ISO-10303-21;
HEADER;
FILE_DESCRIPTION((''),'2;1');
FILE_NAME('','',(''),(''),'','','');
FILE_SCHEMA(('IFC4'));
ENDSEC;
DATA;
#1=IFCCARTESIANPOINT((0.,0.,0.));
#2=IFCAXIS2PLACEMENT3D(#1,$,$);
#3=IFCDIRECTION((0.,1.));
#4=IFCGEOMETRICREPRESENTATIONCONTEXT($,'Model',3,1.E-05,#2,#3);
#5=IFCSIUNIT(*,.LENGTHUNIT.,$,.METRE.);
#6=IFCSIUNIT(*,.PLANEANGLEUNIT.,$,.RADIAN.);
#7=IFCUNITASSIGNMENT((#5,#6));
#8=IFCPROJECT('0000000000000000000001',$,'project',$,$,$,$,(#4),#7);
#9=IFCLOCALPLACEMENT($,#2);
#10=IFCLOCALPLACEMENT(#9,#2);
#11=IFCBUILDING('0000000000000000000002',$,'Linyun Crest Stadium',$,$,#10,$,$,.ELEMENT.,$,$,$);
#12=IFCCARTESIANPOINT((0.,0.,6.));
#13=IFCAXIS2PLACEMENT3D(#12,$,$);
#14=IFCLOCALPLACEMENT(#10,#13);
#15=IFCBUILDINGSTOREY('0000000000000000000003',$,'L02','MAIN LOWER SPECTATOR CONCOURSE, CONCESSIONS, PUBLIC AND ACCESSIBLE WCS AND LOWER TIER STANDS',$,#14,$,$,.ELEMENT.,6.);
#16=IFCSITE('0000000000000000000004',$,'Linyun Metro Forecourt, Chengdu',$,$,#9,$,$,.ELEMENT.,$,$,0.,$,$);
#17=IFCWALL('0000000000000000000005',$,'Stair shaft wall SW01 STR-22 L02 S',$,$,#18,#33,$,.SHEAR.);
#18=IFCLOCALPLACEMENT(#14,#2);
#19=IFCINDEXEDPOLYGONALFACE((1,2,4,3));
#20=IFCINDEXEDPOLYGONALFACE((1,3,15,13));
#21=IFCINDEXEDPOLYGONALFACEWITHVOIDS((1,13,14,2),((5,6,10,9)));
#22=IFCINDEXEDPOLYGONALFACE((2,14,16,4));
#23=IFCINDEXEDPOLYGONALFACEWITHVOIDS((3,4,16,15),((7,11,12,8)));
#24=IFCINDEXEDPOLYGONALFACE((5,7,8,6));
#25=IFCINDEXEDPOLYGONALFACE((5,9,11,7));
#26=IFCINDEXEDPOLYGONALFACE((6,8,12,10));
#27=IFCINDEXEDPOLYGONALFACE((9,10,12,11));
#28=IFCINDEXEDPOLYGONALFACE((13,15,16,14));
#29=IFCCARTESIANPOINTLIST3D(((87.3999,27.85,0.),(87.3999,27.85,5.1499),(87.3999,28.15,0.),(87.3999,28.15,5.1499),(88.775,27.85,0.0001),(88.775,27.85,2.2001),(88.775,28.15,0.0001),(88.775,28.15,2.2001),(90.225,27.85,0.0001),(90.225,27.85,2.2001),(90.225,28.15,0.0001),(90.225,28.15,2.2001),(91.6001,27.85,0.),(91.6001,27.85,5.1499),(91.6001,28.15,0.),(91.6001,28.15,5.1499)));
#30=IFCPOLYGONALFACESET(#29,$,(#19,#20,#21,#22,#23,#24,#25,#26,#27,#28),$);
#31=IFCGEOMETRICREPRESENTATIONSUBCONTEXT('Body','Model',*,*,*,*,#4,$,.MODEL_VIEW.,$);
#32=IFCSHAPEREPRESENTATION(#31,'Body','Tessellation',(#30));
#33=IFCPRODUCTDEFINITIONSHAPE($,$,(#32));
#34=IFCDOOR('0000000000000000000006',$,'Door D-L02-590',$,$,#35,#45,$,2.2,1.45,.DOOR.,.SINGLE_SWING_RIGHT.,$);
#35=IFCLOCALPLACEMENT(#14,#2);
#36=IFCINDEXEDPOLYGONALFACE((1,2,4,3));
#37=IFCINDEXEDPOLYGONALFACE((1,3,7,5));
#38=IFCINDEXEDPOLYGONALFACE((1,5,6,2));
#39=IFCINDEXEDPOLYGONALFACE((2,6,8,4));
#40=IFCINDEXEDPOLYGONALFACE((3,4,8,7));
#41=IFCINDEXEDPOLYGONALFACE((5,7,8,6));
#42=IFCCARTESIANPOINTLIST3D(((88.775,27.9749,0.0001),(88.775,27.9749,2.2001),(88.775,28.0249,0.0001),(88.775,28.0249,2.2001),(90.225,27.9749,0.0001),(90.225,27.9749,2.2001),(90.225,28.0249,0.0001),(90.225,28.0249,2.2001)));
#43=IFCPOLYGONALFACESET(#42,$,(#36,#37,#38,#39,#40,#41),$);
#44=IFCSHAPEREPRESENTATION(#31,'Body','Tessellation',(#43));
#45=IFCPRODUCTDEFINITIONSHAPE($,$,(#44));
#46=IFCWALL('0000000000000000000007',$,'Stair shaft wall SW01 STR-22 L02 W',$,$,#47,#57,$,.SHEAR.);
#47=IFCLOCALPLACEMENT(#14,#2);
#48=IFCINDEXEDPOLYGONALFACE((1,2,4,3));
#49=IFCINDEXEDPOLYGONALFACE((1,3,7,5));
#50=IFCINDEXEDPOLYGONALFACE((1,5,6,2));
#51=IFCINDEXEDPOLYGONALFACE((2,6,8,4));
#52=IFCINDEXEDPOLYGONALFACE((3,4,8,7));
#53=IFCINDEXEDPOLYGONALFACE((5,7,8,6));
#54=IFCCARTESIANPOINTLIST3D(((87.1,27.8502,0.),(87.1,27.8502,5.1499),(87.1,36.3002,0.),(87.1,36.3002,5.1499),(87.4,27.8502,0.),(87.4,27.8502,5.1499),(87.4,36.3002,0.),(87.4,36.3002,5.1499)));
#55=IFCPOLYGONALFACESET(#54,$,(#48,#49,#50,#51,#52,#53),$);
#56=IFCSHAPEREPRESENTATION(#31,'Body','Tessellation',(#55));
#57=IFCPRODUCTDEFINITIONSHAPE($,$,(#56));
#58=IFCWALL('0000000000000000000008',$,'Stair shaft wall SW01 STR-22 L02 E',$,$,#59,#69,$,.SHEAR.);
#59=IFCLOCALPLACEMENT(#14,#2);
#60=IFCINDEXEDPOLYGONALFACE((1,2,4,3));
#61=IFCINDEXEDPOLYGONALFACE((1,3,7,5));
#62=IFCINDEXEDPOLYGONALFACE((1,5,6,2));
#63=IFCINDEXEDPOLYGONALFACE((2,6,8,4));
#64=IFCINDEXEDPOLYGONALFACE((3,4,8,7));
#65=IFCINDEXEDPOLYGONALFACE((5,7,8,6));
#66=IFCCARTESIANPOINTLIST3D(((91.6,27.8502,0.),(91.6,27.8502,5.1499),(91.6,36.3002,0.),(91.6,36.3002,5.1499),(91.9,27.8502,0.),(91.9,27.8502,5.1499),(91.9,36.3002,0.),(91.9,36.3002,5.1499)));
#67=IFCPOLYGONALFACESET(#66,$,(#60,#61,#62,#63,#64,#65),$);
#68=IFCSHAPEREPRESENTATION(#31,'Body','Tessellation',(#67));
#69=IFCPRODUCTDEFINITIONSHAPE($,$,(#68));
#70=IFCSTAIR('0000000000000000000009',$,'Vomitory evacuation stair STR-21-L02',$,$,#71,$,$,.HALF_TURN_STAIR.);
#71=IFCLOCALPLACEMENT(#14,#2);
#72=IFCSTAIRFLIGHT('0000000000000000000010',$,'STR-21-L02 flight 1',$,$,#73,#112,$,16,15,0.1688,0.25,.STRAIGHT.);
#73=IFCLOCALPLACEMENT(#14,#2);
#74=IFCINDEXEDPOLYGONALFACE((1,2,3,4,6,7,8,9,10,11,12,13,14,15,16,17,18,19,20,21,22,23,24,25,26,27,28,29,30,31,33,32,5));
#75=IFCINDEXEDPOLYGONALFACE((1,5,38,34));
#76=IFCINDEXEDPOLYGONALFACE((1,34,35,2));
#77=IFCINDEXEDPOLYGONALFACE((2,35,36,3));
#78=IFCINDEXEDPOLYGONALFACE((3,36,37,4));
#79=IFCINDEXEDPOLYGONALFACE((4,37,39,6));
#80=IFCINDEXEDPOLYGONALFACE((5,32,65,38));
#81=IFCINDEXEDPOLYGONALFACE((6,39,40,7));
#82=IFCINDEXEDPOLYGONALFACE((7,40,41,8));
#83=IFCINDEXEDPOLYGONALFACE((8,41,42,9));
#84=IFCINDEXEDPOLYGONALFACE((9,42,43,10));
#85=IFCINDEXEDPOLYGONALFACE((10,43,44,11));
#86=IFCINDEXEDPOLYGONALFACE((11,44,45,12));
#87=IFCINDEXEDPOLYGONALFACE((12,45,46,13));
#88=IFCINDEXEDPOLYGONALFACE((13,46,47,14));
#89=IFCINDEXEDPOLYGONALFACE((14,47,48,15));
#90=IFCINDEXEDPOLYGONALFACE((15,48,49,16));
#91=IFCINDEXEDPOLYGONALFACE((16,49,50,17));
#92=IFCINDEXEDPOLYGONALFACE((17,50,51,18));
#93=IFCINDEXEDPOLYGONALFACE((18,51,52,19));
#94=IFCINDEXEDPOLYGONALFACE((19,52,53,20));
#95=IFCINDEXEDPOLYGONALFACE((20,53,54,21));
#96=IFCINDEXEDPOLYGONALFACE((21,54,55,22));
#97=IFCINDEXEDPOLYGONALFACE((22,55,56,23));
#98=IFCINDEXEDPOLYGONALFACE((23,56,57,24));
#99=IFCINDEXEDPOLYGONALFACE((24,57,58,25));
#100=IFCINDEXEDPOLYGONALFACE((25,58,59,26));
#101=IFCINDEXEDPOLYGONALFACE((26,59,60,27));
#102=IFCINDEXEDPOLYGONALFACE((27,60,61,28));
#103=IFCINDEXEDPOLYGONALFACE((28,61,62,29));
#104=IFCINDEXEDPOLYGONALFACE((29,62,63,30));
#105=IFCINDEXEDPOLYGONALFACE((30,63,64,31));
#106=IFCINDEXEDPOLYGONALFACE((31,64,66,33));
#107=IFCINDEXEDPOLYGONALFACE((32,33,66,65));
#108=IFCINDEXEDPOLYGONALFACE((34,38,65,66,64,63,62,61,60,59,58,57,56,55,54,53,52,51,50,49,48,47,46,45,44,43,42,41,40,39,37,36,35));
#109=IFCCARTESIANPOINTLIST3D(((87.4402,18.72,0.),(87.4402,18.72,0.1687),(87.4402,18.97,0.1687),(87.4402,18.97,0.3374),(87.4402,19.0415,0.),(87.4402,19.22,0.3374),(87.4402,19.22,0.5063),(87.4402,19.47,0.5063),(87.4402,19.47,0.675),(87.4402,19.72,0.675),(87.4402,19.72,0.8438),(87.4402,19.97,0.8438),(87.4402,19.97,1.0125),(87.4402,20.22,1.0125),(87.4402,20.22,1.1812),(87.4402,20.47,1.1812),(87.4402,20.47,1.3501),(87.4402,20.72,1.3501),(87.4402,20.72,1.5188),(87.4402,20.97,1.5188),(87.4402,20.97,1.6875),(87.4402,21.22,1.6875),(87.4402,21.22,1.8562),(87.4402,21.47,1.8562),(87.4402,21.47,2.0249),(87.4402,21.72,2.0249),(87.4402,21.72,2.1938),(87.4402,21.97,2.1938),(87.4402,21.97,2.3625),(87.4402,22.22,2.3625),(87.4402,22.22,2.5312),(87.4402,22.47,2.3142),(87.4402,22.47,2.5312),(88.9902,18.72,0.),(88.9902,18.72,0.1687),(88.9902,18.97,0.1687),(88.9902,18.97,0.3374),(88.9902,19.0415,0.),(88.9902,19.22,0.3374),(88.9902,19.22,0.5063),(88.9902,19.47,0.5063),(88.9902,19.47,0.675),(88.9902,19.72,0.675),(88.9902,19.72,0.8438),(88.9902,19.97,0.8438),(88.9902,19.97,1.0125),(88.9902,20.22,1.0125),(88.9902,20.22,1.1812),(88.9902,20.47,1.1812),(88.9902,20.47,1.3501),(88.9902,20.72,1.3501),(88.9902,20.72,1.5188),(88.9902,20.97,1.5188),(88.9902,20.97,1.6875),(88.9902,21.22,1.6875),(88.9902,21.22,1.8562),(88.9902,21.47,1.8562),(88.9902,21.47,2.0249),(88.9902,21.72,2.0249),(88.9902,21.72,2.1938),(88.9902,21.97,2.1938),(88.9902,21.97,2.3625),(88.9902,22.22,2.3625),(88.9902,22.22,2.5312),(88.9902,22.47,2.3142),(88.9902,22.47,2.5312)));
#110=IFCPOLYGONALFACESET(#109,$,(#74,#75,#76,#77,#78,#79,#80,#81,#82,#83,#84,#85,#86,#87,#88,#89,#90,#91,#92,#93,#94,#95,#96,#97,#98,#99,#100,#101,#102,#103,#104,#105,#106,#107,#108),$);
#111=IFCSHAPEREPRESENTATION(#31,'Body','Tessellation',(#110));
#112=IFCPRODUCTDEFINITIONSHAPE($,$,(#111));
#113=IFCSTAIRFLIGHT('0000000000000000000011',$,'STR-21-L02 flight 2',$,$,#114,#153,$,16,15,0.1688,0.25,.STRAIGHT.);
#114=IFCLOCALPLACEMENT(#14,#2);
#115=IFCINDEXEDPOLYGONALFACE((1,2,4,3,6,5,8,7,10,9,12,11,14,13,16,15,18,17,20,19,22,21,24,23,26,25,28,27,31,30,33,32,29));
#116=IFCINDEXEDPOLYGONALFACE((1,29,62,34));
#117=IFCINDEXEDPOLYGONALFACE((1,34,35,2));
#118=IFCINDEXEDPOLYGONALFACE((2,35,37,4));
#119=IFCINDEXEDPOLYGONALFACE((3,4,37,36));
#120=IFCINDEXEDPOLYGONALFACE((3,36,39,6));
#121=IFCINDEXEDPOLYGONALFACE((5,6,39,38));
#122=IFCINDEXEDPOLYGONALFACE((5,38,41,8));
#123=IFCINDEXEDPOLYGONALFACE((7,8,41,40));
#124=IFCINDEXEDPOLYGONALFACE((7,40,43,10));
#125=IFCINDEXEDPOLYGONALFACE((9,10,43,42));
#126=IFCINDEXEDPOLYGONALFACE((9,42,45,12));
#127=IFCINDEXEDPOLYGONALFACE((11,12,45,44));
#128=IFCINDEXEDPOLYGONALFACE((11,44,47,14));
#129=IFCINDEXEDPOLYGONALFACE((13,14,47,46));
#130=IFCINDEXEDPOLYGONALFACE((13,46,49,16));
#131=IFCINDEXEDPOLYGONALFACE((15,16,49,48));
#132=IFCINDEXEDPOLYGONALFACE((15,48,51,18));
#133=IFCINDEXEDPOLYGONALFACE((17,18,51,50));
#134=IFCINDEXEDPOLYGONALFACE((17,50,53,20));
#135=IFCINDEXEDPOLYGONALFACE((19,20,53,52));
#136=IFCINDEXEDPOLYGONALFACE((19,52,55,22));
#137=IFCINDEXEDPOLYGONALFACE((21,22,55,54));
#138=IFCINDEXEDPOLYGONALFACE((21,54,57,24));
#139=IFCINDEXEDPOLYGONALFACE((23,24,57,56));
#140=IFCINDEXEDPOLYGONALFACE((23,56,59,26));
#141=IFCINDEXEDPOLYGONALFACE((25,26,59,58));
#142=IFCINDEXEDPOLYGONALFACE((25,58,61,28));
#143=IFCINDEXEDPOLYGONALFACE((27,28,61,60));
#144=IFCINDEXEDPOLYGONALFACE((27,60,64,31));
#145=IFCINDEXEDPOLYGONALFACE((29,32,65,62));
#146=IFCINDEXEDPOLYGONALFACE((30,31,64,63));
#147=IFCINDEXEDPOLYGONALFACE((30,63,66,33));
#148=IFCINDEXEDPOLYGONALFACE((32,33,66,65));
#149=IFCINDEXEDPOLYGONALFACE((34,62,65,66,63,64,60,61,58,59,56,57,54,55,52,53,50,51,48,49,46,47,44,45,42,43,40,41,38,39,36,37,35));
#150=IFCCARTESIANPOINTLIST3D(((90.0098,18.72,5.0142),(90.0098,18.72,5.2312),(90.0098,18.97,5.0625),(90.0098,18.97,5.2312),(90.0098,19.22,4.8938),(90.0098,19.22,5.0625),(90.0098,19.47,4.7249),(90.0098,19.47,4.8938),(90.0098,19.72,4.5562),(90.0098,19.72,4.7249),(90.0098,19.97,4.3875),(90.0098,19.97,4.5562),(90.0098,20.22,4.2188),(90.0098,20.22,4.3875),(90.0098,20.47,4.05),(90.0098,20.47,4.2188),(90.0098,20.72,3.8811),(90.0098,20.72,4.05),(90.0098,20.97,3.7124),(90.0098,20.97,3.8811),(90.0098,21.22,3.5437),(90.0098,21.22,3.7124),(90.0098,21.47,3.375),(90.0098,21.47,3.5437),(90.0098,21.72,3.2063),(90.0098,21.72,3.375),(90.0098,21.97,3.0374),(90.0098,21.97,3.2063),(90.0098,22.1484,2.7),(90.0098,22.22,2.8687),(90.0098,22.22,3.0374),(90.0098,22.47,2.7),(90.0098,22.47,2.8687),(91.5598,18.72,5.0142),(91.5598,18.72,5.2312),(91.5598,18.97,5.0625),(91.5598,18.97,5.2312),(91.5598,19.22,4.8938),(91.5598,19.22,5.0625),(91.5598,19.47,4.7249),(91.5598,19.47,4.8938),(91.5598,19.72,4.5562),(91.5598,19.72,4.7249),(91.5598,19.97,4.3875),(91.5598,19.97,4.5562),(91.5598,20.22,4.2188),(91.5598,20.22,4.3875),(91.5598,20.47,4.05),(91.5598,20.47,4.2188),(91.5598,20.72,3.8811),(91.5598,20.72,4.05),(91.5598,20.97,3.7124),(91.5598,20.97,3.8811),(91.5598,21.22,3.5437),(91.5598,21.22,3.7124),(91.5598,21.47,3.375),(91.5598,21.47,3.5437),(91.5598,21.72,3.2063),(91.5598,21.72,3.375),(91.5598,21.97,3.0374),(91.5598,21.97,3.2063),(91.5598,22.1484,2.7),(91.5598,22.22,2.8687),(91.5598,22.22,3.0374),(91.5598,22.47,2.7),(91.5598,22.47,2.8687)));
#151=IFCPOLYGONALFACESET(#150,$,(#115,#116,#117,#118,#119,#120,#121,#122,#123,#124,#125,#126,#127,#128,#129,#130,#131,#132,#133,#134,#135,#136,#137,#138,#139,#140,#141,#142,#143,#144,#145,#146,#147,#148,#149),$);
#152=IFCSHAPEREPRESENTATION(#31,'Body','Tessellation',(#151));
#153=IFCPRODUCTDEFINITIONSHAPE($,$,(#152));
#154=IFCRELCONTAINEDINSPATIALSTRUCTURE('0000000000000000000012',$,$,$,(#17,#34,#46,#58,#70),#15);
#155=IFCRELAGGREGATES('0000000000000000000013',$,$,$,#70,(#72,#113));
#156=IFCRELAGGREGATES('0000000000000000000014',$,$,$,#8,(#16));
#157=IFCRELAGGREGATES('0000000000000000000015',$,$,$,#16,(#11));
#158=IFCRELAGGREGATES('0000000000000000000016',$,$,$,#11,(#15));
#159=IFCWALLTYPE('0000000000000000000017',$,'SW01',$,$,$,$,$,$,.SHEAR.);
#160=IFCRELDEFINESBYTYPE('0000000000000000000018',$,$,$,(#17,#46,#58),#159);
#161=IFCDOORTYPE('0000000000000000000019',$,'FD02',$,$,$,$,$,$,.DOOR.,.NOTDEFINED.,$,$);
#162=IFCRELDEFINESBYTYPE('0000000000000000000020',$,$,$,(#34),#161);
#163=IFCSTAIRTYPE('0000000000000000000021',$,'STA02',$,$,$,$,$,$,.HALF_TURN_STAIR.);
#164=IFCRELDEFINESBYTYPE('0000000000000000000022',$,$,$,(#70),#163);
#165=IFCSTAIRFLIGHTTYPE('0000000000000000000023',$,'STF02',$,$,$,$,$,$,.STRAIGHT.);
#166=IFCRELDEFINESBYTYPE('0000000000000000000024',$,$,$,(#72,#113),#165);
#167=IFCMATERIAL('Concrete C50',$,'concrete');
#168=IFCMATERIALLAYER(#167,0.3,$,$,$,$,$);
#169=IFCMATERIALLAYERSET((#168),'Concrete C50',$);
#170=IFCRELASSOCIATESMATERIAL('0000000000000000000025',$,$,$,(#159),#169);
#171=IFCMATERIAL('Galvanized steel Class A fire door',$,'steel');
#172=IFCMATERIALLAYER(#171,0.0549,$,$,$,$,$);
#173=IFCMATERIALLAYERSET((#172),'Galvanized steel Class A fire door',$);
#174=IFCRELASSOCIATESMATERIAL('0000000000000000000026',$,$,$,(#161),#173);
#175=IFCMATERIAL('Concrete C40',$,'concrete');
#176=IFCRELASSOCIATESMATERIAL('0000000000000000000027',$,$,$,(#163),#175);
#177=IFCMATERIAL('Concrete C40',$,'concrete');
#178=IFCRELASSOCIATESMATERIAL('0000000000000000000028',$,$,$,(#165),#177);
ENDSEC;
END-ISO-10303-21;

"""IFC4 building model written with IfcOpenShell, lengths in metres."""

from ifc_helpers import new_model, si_unit, direction, frame, frame_2d, origin, place, context, subcontext, project, spatial, polyline, rectangle, outline, extrude, material, layer, layer_set, type_object, element, fill, aggregate, save


model = new_model("IFC4")

# Units and contexts
model_context = context("Model", 3, precision=1e-05, world=origin(), true_north=direction((0.0, 1.0)))
body_context = subcontext(model_context, "Body", "Model", "MODEL_VIEW")
ifc_project = project(units=[si_unit("LENGTHUNIT", "METRE"), si_unit("PLANEANGLEUNIT", "RADIAN")], contexts=[model_context])

# Site, building, storey
site_placement = place(None, origin())
site = spatial("IfcSite", under=ifc_project, at=site_placement, Name="Linyun Metro Forecourt, Chengdu", CompositionType="ELEMENT", RefElevation=0.0)
building_placement = place(site_placement, origin())
building = spatial("IfcBuilding", under=site, at=building_placement, Name="Linyun Crest Stadium", CompositionType="ELEMENT")
storey_placement = place(building_placement, frame((0.0, 0.0, 6.0)))
storey = spatial("IfcBuildingStorey", under=building, at=storey_placement, Name="L02", Description="MAIN LOWER SPECTATOR CONCOURSE, CONCESSIONS, PUBLIC AND ACCESSIBLE WCS AND LOWER TIER STANDS", CompositionType="ELEMENT", Elevation=6.0)

# Shared definitions
ifc_material_1 = material(Name="Concrete C50", Category="concrete")
ifc_layer_1 = layer(ifc_material_1, 0.3)
ifc_layer_set_1 = layer_set([ifc_layer_1], Name="Concrete C50")
wall_type = type_object("IfcWallType", Name="SW01", PredefinedType="SHEAR", material=ifc_layer_set_1)

# Wall, opening, door
wall_1_placement = place(storey_placement, frame((87.3999, 28.0, 0.0), z_axis=(0.0, 0.0, 1.0), x_axis=(1.0, 0.0, 0.0)))
wall_1 = element("IfcWall", 1, at=wall_1_placement, inside=storey, type_object=wall_type, Name="Stair shaft wall SW01 STR-22 L02 S", PredefinedType="SHEAR", context=body_context, shape_type="SweptSolid", body=[
    extrude(rectangle(XDim=4.2002, YDim=0.3, at=frame_2d((2.1001, 0.0))), origin(), (0.0, 0.0, 1.0), 5.1499),
])
opening_placement = place(wall_1_placement, frame((1.375, 0.0, 0.0)))
opening = element("IfcOpeningElement", 2, at=opening_placement, cuts=wall_1, PredefinedType="OPENING", context=body_context, shape_type="SweptSolid", body=[
    extrude(rectangle(XDim=1.45, YDim=2.2, at=frame_2d((0.7251, 1.1001))), frame((0.0, 0.1599, 0.0), z_axis=(0.0, -1.0, 0.0), x_axis=(1.0, 0.0, 0.0)), (0.0, 0.0, 1.0), 0.3201),
])
ifc_material_2 = material(Name="Galvanized steel Class A fire door", Category="steel")
ifc_layer_2 = layer(ifc_material_2, 0.0549)
ifc_layer_set_2 = layer_set([ifc_layer_2], Name="Galvanized steel Class A fire door")
door_type = type_object("IfcDoorType", Name="FD02", OperationType="NOTDEFINED", PredefinedType="DOOR", material=ifc_layer_set_2)
door_placement = place(opening_placement, origin())
door = element("IfcDoor", 3, at=door_placement, inside=storey, type_object=door_type, Name="Door D-L02-590", OperationType="SINGLE_SWING_RIGHT", OverallHeight=2.2, OverallWidth=1.45, PredefinedType="DOOR", context=body_context, shape_type="SweptSolid", body=[
    extrude(rectangle(XDim=1.45, YDim=2.2, at=frame_2d((0.7251, 1.1001))), frame((0.0, 0.0249, 0.0), z_axis=(0.0, -1.0, 0.0), x_axis=(1.0, 0.0, 0.0)), (0.0, 0.0, 1.0), 0.05),
])
fill(opening, door)

# Walls
for number, where, z_axis, x_axis, name in (
    (4, (87.25, 27.8501, 0.0), (0.0, 0.0, 1.0), (0.0, 1.0, 0.0), "Stair shaft wall SW01 STR-22 L02 W"),
    (5, (91.75, 27.8501, 0.0), (0.0, 0.0, 1.0), (0.0, 1.0, 0.0), "Stair shaft wall SW01 STR-22 L02 E"),
):
    element("IfcWall", number, at=place(storey_placement, frame(where, z_axis=z_axis, x_axis=x_axis)), inside=storey, type_object=wall_type, Name=name, PredefinedType="SHEAR", context=body_context, shape_type="SweptSolid", body=[
        extrude(rectangle(XDim=8.45, YDim=0.3, at=frame_2d((4.2251, 0.0))), origin(), (0.0, 0.0, 1.0), 5.1499),
    ])

# Stair, stair flights
ifc_material_3 = material(Name="Concrete C40", Category="concrete")
stair_type = type_object("IfcStairType", Name="STA02", PredefinedType="HALF_TURN_STAIR", material=ifc_material_3)
stair_placement = place(storey_placement, origin())
stair = element("IfcStair", 6, at=stair_placement, inside=storey, type_object=stair_type, Name="Vomitory evacuation stair STR-21-L02", PredefinedType="HALF_TURN_STAIR")
ifc_material_4 = material(Name="Concrete C40", Category="concrete")
stair_flight_type = type_object("IfcStairFlightType", Name="STF02", PredefinedType="STRAIGHT", material=ifc_material_4)
stair_flight_1_placement = place(storey_placement, frame((88.2151, 18.72, 0.0), z_axis=(0.0, 0.0, 1.0), x_axis=(0.0, 1.0, 0.0)))
stair_flight_1 = element("IfcStairFlight", 7, at=stair_flight_1_placement, type_object=stair_flight_type, Name="STR-21-L02 flight 1", NumberOfRisers=16, NumberOfTreads=15, PredefinedType="STRAIGHT", RiserHeight=0.1688, TreadLength=0.25, context=body_context, shape_type="SweptSolid", body=[
    extrude(outline(polyline([(0.0, 0.0), (0.0, 0.1687), (0.25, 0.1687), (0.25, 0.3374), (0.5, 0.3374), (0.5, 0.5063), (0.75, 0.5063), (0.75, 0.675), (1.0, 0.675), (1.0, 0.8438), (1.25, 0.8438), (1.25, 1.0125), (1.5, 1.0125), (1.5, 1.1812), (1.75, 1.1812), (1.75, 1.3501), (2.0, 1.3501), (2.0, 1.5188), (2.25, 1.5188), (2.25, 1.6875), (2.5, 1.6875), (2.5, 1.8562), (2.75, 1.8562), (2.75, 2.0249), (3.0, 2.0249), (3.0, 2.1938), (3.25, 2.1938), (3.25, 2.3625), (3.5, 2.3625), (3.5, 2.5312), (3.75, 2.5312), (3.75, 2.7), (3.75, 2.3142), (0.3215, 0.0), (0.0, 0.0)])), frame((0.0, 0.7749, 0.0), z_axis=(0.0, -1.0, 0.0), x_axis=(1.0, 0.0, 0.0)), (0.0, 0.0, 1.0), 1.55),
])
stair_flight_2_placement = place(storey_placement, frame((90.7849, 22.47, 2.7), z_axis=(0.0, 0.0, 1.0), x_axis=(0.0, -1.0, 0.0)))
stair_flight_2 = element("IfcStairFlight", 8, at=stair_flight_2_placement, type_object=stair_flight_type, Name="STR-21-L02 flight 2", NumberOfRisers=16, NumberOfTreads=15, PredefinedType="STRAIGHT", RiserHeight=0.1688, TreadLength=0.25, context=body_context, shape_type="SweptSolid", body=[
    extrude(outline(polyline([(0.0, 0.0), (0.0, 0.1687), (0.25, 0.1687), (0.25, 0.3374), (0.5, 0.3374), (0.5, 0.5063), (0.75, 0.5063), (0.75, 0.675), (1.0, 0.675), (1.0, 0.8438), (1.25, 0.8438), (1.25, 1.0125), (1.5, 1.0125), (1.5, 1.1812), (1.75, 1.1812), (1.75, 1.3501), (2.0, 1.3501), (2.0, 1.5188), (2.25, 1.5188), (2.25, 1.6875), (2.5, 1.6875), (2.5, 1.8562), (2.75, 1.8562), (2.75, 2.0249), (3.0, 2.0249), (3.0, 2.1938), (3.25, 2.1938), (3.25, 2.3625), (3.5, 2.3625), (3.5, 2.5312), (3.75, 2.5312), (3.75, 2.7), (3.75, 2.3142), (0.3215, 0.0), (0.0, 0.0)])), frame((0.0, 0.7749, 0.0), z_axis=(0.0, -1.0, 0.0), x_axis=(1.0, 0.0, 0.0)), (0.0, 0.0, 1.0), 1.55),
])
aggregate(stair, [stair_flight_1, stair_flight_2])

save(model, "model.ifc")
